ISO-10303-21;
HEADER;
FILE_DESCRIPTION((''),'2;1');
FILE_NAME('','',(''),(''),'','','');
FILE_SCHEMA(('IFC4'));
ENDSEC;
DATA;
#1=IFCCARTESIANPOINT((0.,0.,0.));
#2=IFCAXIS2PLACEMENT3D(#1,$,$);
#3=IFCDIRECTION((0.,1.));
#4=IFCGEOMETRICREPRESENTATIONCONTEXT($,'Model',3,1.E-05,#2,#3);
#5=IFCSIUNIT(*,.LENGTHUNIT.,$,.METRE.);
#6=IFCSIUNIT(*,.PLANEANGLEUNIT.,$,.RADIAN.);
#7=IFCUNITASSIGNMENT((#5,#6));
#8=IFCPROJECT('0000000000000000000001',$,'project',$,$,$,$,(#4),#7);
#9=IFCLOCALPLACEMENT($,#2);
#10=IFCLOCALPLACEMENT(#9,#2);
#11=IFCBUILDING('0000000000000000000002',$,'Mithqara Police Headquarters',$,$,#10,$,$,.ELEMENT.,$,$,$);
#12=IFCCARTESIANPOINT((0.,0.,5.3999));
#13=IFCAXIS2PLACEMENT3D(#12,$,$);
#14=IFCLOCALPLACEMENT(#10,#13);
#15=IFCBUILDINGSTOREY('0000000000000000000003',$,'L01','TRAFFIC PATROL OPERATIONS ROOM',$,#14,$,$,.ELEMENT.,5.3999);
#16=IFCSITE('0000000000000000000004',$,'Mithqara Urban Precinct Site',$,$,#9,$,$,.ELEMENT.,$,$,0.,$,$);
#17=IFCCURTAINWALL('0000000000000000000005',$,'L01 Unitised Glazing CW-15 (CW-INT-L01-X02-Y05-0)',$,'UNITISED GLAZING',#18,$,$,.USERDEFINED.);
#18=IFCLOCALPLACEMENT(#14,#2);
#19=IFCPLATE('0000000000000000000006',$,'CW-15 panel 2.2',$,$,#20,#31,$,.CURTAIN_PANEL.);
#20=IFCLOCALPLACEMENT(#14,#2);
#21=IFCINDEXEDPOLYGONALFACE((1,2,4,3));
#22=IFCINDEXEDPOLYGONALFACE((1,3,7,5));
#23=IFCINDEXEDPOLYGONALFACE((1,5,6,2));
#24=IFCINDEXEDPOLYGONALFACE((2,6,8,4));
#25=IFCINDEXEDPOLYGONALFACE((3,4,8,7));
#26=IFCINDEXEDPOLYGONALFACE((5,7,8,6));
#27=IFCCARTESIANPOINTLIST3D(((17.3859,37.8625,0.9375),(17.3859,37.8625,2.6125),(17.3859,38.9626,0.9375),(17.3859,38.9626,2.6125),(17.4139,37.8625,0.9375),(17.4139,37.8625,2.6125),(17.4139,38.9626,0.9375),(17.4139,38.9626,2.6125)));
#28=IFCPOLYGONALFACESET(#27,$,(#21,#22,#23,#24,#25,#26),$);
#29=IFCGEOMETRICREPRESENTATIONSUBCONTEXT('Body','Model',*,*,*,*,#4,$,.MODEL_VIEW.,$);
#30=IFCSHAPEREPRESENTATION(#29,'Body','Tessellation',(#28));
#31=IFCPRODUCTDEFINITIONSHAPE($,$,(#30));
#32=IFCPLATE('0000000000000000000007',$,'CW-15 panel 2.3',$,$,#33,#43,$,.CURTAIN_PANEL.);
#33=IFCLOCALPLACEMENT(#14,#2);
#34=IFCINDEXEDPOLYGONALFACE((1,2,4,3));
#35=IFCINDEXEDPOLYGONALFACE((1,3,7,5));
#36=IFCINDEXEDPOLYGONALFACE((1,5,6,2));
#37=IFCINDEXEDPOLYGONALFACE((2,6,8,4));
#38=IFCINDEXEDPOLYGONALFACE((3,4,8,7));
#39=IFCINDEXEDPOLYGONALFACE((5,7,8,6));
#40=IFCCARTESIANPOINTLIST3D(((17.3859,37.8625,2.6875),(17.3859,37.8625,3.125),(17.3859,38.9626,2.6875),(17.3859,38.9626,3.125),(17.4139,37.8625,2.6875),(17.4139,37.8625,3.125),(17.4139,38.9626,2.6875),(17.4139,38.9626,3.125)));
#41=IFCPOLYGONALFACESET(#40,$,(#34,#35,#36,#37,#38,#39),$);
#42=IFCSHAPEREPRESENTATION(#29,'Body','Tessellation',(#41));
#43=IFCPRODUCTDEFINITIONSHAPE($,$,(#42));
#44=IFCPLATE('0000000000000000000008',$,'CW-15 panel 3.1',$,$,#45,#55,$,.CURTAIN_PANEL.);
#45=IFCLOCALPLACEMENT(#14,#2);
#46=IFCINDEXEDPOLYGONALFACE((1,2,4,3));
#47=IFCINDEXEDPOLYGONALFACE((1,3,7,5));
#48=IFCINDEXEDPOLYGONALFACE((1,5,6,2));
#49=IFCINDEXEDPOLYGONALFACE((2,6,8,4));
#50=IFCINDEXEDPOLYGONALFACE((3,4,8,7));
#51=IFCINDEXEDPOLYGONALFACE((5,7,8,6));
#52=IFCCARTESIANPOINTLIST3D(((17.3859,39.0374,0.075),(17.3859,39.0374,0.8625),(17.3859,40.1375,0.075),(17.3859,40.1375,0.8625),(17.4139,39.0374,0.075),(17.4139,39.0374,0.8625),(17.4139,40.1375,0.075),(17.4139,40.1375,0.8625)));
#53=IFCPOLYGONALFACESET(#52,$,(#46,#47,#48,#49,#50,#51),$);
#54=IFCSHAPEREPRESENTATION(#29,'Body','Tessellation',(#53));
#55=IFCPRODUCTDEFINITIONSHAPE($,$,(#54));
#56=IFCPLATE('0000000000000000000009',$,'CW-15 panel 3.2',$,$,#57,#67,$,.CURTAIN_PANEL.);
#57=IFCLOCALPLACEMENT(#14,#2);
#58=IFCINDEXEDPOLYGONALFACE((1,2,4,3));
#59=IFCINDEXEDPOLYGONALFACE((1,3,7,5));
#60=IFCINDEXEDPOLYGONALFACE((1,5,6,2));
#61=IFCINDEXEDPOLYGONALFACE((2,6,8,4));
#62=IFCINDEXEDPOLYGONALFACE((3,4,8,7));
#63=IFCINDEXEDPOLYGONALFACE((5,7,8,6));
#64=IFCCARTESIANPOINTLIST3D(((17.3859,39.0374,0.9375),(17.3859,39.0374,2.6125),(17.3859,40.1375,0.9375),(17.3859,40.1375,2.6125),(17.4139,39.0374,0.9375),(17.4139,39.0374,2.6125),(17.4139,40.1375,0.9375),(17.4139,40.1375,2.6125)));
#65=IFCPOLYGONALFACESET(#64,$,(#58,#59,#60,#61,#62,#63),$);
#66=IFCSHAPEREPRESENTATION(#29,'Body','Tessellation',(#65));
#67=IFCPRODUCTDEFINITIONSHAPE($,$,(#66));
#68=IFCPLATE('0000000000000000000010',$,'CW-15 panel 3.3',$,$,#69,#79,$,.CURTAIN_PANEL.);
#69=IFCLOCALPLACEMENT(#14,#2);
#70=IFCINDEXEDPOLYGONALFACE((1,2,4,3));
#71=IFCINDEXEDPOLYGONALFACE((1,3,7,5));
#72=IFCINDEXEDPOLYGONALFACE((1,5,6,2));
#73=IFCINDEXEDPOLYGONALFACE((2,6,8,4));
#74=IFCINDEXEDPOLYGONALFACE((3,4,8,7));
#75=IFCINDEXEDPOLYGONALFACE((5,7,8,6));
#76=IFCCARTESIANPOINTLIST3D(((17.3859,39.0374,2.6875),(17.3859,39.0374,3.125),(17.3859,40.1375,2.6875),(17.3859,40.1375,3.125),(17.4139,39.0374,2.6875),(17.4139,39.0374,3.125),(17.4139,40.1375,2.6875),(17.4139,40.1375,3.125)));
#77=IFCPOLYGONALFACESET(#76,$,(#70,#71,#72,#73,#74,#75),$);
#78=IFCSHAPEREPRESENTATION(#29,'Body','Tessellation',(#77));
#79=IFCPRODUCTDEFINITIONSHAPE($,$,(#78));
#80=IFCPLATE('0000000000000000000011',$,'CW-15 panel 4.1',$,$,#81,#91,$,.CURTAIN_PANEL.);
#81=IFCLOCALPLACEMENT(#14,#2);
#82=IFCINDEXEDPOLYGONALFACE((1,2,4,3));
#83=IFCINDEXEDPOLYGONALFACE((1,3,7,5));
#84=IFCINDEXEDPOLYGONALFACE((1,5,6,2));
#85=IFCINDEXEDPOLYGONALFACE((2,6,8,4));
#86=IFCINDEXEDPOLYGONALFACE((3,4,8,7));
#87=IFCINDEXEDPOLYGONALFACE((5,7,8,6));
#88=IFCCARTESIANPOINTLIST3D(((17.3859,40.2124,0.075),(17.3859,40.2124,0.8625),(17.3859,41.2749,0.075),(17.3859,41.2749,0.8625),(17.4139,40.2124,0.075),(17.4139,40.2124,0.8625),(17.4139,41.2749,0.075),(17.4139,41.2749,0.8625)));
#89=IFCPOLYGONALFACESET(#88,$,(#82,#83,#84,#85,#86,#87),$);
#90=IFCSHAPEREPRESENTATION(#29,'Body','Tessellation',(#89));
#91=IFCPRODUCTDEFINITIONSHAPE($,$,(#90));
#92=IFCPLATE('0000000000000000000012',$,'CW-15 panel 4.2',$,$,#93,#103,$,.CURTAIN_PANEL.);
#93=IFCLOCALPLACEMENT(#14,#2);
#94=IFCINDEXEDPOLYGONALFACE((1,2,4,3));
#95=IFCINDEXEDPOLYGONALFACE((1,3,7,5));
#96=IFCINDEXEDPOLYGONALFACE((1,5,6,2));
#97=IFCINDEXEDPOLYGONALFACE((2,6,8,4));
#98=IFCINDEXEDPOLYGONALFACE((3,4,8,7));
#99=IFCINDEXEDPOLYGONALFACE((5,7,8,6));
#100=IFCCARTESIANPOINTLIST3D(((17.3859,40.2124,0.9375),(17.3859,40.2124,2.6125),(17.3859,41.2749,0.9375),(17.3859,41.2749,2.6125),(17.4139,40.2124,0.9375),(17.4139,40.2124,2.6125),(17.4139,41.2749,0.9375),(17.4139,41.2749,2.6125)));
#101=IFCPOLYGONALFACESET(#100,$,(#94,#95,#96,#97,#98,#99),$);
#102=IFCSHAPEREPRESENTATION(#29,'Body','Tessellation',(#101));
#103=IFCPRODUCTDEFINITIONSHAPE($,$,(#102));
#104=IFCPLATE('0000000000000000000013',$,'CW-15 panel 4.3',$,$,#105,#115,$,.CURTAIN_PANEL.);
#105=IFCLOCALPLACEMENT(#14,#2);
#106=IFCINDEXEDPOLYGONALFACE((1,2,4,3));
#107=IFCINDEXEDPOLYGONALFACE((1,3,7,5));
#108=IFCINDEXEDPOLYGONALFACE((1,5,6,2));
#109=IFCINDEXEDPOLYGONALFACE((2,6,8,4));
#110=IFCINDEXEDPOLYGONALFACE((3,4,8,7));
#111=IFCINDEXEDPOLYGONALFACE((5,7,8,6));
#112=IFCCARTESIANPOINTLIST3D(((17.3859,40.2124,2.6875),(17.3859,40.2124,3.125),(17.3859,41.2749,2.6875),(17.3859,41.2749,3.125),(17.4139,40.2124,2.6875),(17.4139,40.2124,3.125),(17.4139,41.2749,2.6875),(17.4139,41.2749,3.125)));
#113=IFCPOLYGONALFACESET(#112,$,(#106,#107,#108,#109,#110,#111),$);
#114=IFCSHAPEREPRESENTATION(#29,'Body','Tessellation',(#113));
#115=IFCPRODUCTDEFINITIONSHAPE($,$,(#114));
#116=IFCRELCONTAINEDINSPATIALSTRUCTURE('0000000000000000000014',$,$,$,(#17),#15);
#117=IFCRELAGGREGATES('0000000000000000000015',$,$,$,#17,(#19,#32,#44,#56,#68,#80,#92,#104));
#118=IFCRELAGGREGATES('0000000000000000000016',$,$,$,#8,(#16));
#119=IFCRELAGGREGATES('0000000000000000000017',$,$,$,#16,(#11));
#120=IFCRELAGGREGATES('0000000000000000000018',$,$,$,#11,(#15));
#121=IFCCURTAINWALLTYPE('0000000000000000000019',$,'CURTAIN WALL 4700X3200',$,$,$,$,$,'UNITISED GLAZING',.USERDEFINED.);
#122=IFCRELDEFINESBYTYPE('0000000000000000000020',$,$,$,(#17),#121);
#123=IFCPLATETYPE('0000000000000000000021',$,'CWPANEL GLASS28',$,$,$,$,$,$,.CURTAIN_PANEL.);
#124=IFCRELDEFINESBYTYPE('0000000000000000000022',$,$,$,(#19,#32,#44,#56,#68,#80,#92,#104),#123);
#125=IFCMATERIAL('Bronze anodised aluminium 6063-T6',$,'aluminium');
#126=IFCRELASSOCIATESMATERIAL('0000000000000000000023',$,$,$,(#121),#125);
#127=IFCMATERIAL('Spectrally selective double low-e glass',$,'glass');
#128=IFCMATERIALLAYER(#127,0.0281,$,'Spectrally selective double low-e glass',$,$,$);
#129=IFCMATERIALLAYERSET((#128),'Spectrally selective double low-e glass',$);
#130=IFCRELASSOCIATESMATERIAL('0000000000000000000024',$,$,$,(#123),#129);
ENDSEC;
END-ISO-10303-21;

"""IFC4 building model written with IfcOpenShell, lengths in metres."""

from ifc_helpers import new_model, si_unit, direction, frame, origin, origin_2d, place, context, subcontext, project, spatial, rectangle, extrude, material, layer, layer_set, type_object, element, aggregate, save


model = new_model("IFC4")

# Units and contexts
model_context = context("Model", 3, precision=1e-05, world=origin(), true_north=direction((0.0, 1.0)))
body_context = subcontext(model_context, "Body", "Model", "MODEL_VIEW")
ifc_project = project(units=[si_unit("LENGTHUNIT", "METRE"), si_unit("PLANEANGLEUNIT", "RADIAN")], contexts=[model_context])

# Site, building, storey
site_placement = place(None, origin())
site = spatial("IfcSite", under=ifc_project, at=site_placement, Name="Mithqara Urban Precinct Site", CompositionType="ELEMENT", RefElevation=0.0)
building_placement = place(site_placement, origin())
building = spatial("IfcBuilding", under=site, at=building_placement, Name="Mithqara Police Headquarters", CompositionType="ELEMENT")
storey_placement = place(building_placement, frame((0.0, 0.0, 5.3999)))
storey = spatial("IfcBuildingStorey", under=building, at=storey_placement, Name="L01", Description="TRAFFIC PATROL OPERATIONS ROOM", CompositionType="ELEMENT", Elevation=5.3999)

# Curtain wall
ifc_material_1 = material(Name="Bronze anodised aluminium 6063-T6", Category="aluminium")
curtain_wall_type = type_object("IfcCurtainWallType", Name="CURTAIN WALL 4700X3200", ElementType="UNITISED GLAZING", PredefinedType="USERDEFINED", material=ifc_material_1)
curtain_wall_1_placement = place(storey_placement, origin())
curtain_wall_1 = element("IfcCurtainWall", 1, at=curtain_wall_1_placement, inside=storey, type_object=curtain_wall_type, Name="L01 Unitised Glazing CW-15 (CW-INT-L01-X02-Y05-0)", ObjectType="UNITISED GLAZING", PredefinedType="USERDEFINED")

# Plates
ifc_material_2 = material(Name="Spectrally selective double low-e glass", Category="glass")
ifc_layer = layer(ifc_material_2, 0.0281, Name="Spectrally selective double low-e glass")
ifc_layer_set = layer_set([ifc_layer], Name="Spectrally selective double low-e glass")
plate_type = type_object("IfcPlateType", Name="CWPANEL GLASS28", PredefinedType="CURTAIN_PANEL", material=ifc_layer_set)
plate_1_placement = place(storey_placement, frame((17.3999, 38.4126, 0.9375), z_axis=(0.0, 0.0, 1.0), x_axis=(0.0, 1.0, 0.0)))
plate_1 = element("IfcPlate", 2, at=plate_1_placement, type_object=plate_type, Name="CW-15 panel 2.2", PredefinedType="CURTAIN_PANEL", context=body_context, shape_type="SweptSolid", body=[
    extrude(rectangle(XDim=1.1001, YDim=0.0281, at=origin_2d()), origin(), (0.0, 0.0, 1.0), 1.675),
])
plate_2_placement = place(storey_placement, frame((17.3999, 38.4126, 2.6875), z_axis=(0.0, 0.0, 1.0), x_axis=(0.0, 1.0, 0.0)))
plate_2 = element("IfcPlate", 3, at=plate_2_placement, type_object=plate_type, Name="CW-15 panel 2.3", PredefinedType="CURTAIN_PANEL", context=body_context, shape_type="SweptSolid", body=[
    extrude(rectangle(XDim=1.1001, YDim=0.0281, at=origin_2d()), origin(), (0.0, 0.0, 1.0), 0.4375),
])
plate_3_placement = place(storey_placement, frame((17.3999, 39.5874, 0.075), z_axis=(0.0, 0.0, 1.0), x_axis=(0.0, 1.0, 0.0)))
plate_3 = element("IfcPlate", 4, at=plate_3_placement, type_object=plate_type, Name="CW-15 panel 3.1", PredefinedType="CURTAIN_PANEL", context=body_context, shape_type="SweptSolid", body=[
    extrude(rectangle(XDim=1.1001, YDim=0.0281, at=origin_2d()), origin(), (0.0, 0.0, 1.0), 0.7876),
])
plate_4_placement = place(storey_placement, frame((17.3999, 39.5874, 0.9375), z_axis=(0.0, 0.0, 1.0), x_axis=(0.0, 1.0, 0.0)))
plate_4 = element("IfcPlate", 5, at=plate_4_placement, type_object=plate_type, Name="CW-15 panel 3.2", PredefinedType="CURTAIN_PANEL", context=body_context, shape_type="SweptSolid", body=[
    extrude(rectangle(XDim=1.1001, YDim=0.0281, at=origin_2d()), origin(), (0.0, 0.0, 1.0), 1.675),
])
plate_5_placement = place(storey_placement, frame((17.3999, 39.5874, 2.6875), z_axis=(0.0, 0.0, 1.0), x_axis=(0.0, 1.0, 0.0)))
plate_5 = element("IfcPlate", 6, at=plate_5_placement, type_object=plate_type, Name="CW-15 panel 3.3", PredefinedType="CURTAIN_PANEL", context=body_context, shape_type="SweptSolid", body=[
    extrude(rectangle(XDim=1.1001, YDim=0.0281, at=origin_2d()), origin(), (0.0, 0.0, 1.0), 0.4375),
])
plate_6_placement = place(storey_placement, frame((17.3999, 40.7437, 0.075), z_axis=(0.0, 0.0, 1.0), x_axis=(0.0, 1.0, 0.0)))
plate_6 = element("IfcPlate", 7, at=plate_6_placement, type_object=plate_type, Name="CW-15 panel 4.1", PredefinedType="CURTAIN_PANEL", context=body_context, shape_type="SweptSolid", body=[
    extrude(rectangle(XDim=1.0625, YDim=0.0281, at=origin_2d()), origin(), (0.0, 0.0, 1.0), 0.7876),
])
plate_7_placement = place(storey_placement, frame((17.3999, 40.7437, 0.9375), z_axis=(0.0, 0.0, 1.0), x_axis=(0.0, 1.0, 0.0)))
plate_7 = element("IfcPlate", 8, at=plate_7_placement, type_object=plate_type, Name="CW-15 panel 4.2", PredefinedType="CURTAIN_PANEL", context=body_context, shape_type="SweptSolid", body=[
    extrude(rectangle(XDim=1.0625, YDim=0.0281, at=origin_2d()), origin(), (0.0, 0.0, 1.0), 1.675),
])
plate_8_placement = place(storey_placement, frame((17.3999, 40.7437, 2.6875), z_axis=(0.0, 0.0, 1.0), x_axis=(0.0, 1.0, 0.0)))
plate_8 = element("IfcPlate", 9, at=plate_8_placement, type_object=plate_type, Name="CW-15 panel 4.3", PredefinedType="CURTAIN_PANEL", context=body_context, shape_type="SweptSolid", body=[
    extrude(rectangle(XDim=1.0625, YDim=0.0281, at=origin_2d()), origin(), (0.0, 0.0, 1.0), 0.4375),
])
aggregate(curtain_wall_1, [plate_1, plate_2, plate_3, plate_4, plate_5, plate_6, plate_7, plate_8])

save(model, "model.ifc")
